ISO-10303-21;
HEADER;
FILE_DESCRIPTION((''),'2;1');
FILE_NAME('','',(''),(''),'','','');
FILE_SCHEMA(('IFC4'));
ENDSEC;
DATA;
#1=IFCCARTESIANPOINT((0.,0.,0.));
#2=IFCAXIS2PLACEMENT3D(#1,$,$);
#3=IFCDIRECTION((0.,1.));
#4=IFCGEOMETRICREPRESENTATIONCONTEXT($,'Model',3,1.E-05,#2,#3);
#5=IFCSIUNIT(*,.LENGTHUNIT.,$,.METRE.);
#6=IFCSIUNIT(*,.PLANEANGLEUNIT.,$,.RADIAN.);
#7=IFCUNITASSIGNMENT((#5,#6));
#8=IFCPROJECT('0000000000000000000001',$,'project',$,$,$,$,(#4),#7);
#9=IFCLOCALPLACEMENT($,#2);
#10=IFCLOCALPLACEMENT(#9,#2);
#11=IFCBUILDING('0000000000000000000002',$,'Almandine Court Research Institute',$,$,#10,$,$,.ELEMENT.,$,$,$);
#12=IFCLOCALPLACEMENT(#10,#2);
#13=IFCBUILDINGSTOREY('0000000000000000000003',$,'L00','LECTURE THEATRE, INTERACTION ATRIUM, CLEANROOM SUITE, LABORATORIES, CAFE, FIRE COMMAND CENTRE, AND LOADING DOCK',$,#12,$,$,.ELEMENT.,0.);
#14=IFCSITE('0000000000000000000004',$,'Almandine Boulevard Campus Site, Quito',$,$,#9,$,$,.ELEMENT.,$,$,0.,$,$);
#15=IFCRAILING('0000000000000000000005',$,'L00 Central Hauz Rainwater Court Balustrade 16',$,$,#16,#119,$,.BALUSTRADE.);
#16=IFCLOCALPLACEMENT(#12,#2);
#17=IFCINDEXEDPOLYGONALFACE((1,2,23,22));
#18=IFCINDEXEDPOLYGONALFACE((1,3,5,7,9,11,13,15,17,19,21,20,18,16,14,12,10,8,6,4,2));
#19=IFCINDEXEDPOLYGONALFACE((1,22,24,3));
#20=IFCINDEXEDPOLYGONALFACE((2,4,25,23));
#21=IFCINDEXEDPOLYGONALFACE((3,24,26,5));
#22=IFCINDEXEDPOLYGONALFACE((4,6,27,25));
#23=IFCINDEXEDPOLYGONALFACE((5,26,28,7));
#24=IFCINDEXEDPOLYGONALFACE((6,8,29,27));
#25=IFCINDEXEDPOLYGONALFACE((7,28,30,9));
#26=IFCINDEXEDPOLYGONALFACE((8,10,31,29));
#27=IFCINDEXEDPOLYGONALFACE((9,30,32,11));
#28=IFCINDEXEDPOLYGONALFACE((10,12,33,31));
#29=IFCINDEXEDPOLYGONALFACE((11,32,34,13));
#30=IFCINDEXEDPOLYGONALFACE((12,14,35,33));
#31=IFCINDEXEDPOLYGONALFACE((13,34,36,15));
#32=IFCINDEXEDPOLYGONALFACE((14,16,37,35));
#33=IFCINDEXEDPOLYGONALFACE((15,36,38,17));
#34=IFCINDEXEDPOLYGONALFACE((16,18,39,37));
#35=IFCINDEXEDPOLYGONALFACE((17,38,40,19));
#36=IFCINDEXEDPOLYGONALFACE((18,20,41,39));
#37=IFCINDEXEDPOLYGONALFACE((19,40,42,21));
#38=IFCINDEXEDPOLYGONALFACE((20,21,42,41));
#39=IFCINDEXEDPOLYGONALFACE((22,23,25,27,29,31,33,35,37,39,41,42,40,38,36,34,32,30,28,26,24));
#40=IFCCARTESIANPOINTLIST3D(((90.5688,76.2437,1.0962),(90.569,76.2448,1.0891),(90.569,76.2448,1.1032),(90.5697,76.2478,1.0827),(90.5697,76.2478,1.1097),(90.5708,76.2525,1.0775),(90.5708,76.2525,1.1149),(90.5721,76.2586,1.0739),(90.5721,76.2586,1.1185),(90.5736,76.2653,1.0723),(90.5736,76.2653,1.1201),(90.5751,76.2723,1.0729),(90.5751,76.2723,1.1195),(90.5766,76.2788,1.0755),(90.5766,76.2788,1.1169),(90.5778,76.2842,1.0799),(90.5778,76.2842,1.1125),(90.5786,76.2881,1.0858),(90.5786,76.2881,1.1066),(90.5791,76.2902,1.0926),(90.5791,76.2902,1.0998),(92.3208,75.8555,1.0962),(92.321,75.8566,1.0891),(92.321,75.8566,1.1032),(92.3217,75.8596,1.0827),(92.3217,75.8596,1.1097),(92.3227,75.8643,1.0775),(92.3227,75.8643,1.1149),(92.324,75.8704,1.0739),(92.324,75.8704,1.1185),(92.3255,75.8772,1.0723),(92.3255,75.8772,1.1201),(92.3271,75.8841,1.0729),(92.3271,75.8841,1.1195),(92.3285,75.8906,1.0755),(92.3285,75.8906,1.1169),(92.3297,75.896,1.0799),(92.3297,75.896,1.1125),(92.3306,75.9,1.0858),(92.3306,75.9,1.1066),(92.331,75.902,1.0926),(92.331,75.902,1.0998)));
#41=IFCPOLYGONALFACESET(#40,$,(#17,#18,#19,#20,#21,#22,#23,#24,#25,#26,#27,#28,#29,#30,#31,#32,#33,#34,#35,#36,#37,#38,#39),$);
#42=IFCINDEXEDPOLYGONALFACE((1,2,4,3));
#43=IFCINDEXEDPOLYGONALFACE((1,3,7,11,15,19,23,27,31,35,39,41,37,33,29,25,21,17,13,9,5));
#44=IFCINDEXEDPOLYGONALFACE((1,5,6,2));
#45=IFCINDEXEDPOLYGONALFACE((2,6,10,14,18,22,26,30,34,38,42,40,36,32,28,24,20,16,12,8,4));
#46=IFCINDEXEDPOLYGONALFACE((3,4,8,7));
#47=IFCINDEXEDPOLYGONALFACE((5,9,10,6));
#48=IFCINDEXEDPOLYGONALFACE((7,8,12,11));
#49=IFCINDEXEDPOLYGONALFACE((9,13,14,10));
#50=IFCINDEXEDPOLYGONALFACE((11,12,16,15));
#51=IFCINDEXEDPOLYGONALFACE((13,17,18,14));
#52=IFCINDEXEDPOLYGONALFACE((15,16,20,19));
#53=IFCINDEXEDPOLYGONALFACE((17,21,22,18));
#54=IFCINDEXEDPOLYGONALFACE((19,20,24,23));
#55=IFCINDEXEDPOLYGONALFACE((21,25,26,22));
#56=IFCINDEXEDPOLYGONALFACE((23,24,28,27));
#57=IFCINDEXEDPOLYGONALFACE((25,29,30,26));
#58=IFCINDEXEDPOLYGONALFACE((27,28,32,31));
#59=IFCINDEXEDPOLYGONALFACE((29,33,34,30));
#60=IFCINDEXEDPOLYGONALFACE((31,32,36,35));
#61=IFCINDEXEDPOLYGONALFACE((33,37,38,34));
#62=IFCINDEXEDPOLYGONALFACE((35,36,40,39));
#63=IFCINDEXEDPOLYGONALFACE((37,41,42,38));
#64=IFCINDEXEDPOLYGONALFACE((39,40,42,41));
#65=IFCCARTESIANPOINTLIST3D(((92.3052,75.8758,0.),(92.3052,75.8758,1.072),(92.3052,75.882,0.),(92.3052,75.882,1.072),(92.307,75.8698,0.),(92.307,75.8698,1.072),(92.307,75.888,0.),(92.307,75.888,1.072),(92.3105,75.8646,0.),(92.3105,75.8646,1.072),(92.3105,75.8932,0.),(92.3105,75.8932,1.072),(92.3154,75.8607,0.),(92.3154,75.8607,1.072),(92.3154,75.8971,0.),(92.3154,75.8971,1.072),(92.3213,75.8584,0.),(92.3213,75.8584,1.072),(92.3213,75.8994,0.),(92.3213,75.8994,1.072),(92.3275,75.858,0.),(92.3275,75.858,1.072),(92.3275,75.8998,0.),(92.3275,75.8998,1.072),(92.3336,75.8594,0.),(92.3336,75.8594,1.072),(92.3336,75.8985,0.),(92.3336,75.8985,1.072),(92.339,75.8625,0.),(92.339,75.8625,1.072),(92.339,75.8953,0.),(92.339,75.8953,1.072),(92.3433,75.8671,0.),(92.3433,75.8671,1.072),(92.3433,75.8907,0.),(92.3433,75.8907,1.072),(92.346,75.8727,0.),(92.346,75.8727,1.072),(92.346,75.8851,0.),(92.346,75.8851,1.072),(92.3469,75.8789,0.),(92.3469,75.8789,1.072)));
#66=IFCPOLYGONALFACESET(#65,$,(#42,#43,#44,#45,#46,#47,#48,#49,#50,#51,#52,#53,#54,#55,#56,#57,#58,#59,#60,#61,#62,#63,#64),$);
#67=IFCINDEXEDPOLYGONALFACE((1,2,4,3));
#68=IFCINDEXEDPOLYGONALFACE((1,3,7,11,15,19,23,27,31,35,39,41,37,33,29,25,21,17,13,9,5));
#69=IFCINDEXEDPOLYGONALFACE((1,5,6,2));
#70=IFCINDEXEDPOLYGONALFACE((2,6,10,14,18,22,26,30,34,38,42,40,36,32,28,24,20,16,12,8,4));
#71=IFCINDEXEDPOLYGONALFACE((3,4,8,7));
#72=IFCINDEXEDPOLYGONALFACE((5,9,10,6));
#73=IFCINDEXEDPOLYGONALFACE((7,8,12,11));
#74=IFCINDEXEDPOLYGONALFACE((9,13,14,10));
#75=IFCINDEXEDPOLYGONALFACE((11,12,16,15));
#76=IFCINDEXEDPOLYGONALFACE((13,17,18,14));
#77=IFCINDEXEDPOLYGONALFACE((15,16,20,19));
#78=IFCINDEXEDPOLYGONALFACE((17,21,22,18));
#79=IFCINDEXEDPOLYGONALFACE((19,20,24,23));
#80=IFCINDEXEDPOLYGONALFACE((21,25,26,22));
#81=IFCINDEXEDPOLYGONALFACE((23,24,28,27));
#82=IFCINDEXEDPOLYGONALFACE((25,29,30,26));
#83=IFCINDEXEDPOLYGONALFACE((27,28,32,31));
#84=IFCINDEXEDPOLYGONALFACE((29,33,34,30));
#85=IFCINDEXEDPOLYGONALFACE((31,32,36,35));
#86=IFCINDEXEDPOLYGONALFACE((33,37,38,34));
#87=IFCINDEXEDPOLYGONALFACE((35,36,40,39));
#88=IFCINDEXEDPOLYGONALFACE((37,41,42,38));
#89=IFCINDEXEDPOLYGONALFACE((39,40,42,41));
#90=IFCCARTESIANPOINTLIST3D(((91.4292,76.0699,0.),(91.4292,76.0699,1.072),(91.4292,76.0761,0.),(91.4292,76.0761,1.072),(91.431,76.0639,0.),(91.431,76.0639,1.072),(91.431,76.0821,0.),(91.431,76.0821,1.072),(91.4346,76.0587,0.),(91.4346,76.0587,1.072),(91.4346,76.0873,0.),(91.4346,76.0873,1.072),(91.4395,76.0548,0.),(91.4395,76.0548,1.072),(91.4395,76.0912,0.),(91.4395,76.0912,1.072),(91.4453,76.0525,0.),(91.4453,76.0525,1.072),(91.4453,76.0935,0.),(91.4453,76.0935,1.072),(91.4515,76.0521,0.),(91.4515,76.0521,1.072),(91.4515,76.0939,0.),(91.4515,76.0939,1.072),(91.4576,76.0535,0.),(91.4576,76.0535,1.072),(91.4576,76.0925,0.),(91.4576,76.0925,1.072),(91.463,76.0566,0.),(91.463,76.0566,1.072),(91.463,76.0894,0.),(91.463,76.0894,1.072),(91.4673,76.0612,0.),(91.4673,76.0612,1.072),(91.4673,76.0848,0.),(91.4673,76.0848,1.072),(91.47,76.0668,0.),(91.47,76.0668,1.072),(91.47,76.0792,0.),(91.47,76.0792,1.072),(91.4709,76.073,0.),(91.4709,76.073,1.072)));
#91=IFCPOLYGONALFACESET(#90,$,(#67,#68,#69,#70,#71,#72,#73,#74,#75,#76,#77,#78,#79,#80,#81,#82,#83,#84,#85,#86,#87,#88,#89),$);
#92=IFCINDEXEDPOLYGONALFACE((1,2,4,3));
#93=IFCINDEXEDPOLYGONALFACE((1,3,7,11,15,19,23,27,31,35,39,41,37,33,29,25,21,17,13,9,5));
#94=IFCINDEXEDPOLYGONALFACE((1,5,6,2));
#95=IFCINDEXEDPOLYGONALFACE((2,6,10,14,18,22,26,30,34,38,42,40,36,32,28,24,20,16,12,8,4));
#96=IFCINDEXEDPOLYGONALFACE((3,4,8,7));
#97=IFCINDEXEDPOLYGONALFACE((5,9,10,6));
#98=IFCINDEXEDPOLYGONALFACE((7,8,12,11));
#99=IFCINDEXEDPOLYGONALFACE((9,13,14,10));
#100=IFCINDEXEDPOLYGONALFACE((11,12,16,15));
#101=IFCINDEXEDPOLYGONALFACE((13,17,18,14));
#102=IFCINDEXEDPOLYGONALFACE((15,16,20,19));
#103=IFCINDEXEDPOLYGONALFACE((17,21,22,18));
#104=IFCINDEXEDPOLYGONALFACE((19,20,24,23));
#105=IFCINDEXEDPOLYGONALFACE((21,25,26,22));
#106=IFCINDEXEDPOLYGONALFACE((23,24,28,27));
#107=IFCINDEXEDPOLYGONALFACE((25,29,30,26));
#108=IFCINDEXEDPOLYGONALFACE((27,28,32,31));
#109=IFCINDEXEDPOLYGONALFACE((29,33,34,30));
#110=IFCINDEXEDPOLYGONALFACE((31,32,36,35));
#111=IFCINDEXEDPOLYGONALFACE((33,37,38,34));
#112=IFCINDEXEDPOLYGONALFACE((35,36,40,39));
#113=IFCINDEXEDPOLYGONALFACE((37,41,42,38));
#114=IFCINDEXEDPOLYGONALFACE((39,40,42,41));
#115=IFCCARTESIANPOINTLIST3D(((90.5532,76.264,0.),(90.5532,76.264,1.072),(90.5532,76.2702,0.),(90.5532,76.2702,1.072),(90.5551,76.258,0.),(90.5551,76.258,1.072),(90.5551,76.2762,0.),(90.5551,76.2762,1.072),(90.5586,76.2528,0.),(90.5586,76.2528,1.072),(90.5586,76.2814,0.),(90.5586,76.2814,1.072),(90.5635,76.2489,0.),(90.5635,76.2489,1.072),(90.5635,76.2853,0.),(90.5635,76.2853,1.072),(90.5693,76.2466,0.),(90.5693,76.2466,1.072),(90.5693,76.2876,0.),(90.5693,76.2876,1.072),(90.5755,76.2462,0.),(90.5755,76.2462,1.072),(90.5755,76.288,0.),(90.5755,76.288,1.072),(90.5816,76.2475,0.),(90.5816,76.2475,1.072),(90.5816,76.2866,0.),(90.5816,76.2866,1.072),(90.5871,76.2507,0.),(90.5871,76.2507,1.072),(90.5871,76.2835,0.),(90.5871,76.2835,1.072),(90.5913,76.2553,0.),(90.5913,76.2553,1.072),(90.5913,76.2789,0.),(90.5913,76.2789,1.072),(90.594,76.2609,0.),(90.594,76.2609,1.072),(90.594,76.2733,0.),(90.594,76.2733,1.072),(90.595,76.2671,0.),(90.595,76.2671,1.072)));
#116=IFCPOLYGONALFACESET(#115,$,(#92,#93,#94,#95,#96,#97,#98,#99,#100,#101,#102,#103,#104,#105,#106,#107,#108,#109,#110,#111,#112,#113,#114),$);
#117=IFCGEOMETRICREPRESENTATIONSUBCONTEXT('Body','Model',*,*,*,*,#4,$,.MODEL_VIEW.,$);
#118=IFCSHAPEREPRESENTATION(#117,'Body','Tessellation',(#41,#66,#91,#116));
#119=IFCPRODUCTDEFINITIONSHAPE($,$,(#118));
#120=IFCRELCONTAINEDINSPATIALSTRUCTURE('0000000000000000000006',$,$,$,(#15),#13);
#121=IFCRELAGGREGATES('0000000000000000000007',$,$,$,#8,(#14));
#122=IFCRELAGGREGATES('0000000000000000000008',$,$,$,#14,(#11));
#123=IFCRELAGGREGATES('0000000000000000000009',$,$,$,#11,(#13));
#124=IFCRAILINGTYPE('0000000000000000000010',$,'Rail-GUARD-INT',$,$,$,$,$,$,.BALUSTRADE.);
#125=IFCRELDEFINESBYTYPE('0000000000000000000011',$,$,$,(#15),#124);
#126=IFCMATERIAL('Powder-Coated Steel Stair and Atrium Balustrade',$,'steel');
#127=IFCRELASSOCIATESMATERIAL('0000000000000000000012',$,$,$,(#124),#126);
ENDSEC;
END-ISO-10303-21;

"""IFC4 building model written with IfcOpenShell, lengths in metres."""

from ifc_helpers import new_model, si_unit, direction, frame, origin, origin_2d, place, context, subcontext, project, spatial, circle, extrude, material, type_object, element, save


model = new_model("IFC4")

# Units and contexts
model_context = context("Model", 3, precision=1e-05, world=origin(), true_north=direction((0.0, 1.0)))
body_context = subcontext(model_context, "Body", "Model", "MODEL_VIEW")
ifc_project = project(units=[si_unit("LENGTHUNIT", "METRE"), si_unit("PLANEANGLEUNIT", "RADIAN")], contexts=[model_context])

# Site, building, storey
site_placement = place(None, origin())
site = spatial("IfcSite", under=ifc_project, at=site_placement, Name="Almandine Boulevard Campus Site, Quito", CompositionType="ELEMENT", RefElevation=0.0)
building_placement = place(site_placement, origin())
building = spatial("IfcBuilding", under=site, at=building_placement, Name="Almandine Court Research Institute", CompositionType="ELEMENT")
storey_placement = place(building_placement, origin())
storey = spatial("IfcBuildingStorey", under=building, at=storey_placement, Name="L00", Description="LECTURE THEATRE, INTERACTION ATRIUM, CLEANROOM SUITE, LABORATORIES, CAFE, FIRE COMMAND CENTRE, AND LOADING DOCK", CompositionType="ELEMENT", Elevation=0.0)

# Railing
ifc_material_1 = material(Name="Powder-Coated Steel Stair and Atrium Balustrade", Category="steel")
railing_type = type_object("IfcRailingType", Name="Rail-GUARD-INT", PredefinedType="BALUSTRADE", material=ifc_material_1)
railing_1_placement = place(storey_placement, frame((92.3259, 75.8789, 0.0)))
element("IfcRailing", 1, at=railing_1_placement, inside=storey, type_object=railing_type, Name="L00 Central Hauz Rainwater Court Balustrade 16", PredefinedType="BALUSTRADE", context=body_context, shape_type="SweptSolid", body=[
    extrude(circle(Radius=0.0239, at=origin_2d()), frame((0.0, 0.0, 1.0962), z_axis=(-0.976321, 0.216325, 0.0), x_axis=(-0.216325, -0.976321, 0.0)), (0.0, 0.0, 1.0), 1.7944),
    extrude(circle(Radius=0.021, at=origin_2d()), origin(), (0.0, 0.0, 1.0), 1.072),
    extrude(circle(Radius=0.021, at=origin_2d()), frame((-0.876, 0.1941, 0.0)), (0.0, 0.0, 1.0), 1.072),
    extrude(circle(Radius=0.021, at=origin_2d()), frame((-1.752, 0.3882, 0.0)), (0.0, 0.0, 1.0), 1.072),
])

save(model, "model.ifc")
